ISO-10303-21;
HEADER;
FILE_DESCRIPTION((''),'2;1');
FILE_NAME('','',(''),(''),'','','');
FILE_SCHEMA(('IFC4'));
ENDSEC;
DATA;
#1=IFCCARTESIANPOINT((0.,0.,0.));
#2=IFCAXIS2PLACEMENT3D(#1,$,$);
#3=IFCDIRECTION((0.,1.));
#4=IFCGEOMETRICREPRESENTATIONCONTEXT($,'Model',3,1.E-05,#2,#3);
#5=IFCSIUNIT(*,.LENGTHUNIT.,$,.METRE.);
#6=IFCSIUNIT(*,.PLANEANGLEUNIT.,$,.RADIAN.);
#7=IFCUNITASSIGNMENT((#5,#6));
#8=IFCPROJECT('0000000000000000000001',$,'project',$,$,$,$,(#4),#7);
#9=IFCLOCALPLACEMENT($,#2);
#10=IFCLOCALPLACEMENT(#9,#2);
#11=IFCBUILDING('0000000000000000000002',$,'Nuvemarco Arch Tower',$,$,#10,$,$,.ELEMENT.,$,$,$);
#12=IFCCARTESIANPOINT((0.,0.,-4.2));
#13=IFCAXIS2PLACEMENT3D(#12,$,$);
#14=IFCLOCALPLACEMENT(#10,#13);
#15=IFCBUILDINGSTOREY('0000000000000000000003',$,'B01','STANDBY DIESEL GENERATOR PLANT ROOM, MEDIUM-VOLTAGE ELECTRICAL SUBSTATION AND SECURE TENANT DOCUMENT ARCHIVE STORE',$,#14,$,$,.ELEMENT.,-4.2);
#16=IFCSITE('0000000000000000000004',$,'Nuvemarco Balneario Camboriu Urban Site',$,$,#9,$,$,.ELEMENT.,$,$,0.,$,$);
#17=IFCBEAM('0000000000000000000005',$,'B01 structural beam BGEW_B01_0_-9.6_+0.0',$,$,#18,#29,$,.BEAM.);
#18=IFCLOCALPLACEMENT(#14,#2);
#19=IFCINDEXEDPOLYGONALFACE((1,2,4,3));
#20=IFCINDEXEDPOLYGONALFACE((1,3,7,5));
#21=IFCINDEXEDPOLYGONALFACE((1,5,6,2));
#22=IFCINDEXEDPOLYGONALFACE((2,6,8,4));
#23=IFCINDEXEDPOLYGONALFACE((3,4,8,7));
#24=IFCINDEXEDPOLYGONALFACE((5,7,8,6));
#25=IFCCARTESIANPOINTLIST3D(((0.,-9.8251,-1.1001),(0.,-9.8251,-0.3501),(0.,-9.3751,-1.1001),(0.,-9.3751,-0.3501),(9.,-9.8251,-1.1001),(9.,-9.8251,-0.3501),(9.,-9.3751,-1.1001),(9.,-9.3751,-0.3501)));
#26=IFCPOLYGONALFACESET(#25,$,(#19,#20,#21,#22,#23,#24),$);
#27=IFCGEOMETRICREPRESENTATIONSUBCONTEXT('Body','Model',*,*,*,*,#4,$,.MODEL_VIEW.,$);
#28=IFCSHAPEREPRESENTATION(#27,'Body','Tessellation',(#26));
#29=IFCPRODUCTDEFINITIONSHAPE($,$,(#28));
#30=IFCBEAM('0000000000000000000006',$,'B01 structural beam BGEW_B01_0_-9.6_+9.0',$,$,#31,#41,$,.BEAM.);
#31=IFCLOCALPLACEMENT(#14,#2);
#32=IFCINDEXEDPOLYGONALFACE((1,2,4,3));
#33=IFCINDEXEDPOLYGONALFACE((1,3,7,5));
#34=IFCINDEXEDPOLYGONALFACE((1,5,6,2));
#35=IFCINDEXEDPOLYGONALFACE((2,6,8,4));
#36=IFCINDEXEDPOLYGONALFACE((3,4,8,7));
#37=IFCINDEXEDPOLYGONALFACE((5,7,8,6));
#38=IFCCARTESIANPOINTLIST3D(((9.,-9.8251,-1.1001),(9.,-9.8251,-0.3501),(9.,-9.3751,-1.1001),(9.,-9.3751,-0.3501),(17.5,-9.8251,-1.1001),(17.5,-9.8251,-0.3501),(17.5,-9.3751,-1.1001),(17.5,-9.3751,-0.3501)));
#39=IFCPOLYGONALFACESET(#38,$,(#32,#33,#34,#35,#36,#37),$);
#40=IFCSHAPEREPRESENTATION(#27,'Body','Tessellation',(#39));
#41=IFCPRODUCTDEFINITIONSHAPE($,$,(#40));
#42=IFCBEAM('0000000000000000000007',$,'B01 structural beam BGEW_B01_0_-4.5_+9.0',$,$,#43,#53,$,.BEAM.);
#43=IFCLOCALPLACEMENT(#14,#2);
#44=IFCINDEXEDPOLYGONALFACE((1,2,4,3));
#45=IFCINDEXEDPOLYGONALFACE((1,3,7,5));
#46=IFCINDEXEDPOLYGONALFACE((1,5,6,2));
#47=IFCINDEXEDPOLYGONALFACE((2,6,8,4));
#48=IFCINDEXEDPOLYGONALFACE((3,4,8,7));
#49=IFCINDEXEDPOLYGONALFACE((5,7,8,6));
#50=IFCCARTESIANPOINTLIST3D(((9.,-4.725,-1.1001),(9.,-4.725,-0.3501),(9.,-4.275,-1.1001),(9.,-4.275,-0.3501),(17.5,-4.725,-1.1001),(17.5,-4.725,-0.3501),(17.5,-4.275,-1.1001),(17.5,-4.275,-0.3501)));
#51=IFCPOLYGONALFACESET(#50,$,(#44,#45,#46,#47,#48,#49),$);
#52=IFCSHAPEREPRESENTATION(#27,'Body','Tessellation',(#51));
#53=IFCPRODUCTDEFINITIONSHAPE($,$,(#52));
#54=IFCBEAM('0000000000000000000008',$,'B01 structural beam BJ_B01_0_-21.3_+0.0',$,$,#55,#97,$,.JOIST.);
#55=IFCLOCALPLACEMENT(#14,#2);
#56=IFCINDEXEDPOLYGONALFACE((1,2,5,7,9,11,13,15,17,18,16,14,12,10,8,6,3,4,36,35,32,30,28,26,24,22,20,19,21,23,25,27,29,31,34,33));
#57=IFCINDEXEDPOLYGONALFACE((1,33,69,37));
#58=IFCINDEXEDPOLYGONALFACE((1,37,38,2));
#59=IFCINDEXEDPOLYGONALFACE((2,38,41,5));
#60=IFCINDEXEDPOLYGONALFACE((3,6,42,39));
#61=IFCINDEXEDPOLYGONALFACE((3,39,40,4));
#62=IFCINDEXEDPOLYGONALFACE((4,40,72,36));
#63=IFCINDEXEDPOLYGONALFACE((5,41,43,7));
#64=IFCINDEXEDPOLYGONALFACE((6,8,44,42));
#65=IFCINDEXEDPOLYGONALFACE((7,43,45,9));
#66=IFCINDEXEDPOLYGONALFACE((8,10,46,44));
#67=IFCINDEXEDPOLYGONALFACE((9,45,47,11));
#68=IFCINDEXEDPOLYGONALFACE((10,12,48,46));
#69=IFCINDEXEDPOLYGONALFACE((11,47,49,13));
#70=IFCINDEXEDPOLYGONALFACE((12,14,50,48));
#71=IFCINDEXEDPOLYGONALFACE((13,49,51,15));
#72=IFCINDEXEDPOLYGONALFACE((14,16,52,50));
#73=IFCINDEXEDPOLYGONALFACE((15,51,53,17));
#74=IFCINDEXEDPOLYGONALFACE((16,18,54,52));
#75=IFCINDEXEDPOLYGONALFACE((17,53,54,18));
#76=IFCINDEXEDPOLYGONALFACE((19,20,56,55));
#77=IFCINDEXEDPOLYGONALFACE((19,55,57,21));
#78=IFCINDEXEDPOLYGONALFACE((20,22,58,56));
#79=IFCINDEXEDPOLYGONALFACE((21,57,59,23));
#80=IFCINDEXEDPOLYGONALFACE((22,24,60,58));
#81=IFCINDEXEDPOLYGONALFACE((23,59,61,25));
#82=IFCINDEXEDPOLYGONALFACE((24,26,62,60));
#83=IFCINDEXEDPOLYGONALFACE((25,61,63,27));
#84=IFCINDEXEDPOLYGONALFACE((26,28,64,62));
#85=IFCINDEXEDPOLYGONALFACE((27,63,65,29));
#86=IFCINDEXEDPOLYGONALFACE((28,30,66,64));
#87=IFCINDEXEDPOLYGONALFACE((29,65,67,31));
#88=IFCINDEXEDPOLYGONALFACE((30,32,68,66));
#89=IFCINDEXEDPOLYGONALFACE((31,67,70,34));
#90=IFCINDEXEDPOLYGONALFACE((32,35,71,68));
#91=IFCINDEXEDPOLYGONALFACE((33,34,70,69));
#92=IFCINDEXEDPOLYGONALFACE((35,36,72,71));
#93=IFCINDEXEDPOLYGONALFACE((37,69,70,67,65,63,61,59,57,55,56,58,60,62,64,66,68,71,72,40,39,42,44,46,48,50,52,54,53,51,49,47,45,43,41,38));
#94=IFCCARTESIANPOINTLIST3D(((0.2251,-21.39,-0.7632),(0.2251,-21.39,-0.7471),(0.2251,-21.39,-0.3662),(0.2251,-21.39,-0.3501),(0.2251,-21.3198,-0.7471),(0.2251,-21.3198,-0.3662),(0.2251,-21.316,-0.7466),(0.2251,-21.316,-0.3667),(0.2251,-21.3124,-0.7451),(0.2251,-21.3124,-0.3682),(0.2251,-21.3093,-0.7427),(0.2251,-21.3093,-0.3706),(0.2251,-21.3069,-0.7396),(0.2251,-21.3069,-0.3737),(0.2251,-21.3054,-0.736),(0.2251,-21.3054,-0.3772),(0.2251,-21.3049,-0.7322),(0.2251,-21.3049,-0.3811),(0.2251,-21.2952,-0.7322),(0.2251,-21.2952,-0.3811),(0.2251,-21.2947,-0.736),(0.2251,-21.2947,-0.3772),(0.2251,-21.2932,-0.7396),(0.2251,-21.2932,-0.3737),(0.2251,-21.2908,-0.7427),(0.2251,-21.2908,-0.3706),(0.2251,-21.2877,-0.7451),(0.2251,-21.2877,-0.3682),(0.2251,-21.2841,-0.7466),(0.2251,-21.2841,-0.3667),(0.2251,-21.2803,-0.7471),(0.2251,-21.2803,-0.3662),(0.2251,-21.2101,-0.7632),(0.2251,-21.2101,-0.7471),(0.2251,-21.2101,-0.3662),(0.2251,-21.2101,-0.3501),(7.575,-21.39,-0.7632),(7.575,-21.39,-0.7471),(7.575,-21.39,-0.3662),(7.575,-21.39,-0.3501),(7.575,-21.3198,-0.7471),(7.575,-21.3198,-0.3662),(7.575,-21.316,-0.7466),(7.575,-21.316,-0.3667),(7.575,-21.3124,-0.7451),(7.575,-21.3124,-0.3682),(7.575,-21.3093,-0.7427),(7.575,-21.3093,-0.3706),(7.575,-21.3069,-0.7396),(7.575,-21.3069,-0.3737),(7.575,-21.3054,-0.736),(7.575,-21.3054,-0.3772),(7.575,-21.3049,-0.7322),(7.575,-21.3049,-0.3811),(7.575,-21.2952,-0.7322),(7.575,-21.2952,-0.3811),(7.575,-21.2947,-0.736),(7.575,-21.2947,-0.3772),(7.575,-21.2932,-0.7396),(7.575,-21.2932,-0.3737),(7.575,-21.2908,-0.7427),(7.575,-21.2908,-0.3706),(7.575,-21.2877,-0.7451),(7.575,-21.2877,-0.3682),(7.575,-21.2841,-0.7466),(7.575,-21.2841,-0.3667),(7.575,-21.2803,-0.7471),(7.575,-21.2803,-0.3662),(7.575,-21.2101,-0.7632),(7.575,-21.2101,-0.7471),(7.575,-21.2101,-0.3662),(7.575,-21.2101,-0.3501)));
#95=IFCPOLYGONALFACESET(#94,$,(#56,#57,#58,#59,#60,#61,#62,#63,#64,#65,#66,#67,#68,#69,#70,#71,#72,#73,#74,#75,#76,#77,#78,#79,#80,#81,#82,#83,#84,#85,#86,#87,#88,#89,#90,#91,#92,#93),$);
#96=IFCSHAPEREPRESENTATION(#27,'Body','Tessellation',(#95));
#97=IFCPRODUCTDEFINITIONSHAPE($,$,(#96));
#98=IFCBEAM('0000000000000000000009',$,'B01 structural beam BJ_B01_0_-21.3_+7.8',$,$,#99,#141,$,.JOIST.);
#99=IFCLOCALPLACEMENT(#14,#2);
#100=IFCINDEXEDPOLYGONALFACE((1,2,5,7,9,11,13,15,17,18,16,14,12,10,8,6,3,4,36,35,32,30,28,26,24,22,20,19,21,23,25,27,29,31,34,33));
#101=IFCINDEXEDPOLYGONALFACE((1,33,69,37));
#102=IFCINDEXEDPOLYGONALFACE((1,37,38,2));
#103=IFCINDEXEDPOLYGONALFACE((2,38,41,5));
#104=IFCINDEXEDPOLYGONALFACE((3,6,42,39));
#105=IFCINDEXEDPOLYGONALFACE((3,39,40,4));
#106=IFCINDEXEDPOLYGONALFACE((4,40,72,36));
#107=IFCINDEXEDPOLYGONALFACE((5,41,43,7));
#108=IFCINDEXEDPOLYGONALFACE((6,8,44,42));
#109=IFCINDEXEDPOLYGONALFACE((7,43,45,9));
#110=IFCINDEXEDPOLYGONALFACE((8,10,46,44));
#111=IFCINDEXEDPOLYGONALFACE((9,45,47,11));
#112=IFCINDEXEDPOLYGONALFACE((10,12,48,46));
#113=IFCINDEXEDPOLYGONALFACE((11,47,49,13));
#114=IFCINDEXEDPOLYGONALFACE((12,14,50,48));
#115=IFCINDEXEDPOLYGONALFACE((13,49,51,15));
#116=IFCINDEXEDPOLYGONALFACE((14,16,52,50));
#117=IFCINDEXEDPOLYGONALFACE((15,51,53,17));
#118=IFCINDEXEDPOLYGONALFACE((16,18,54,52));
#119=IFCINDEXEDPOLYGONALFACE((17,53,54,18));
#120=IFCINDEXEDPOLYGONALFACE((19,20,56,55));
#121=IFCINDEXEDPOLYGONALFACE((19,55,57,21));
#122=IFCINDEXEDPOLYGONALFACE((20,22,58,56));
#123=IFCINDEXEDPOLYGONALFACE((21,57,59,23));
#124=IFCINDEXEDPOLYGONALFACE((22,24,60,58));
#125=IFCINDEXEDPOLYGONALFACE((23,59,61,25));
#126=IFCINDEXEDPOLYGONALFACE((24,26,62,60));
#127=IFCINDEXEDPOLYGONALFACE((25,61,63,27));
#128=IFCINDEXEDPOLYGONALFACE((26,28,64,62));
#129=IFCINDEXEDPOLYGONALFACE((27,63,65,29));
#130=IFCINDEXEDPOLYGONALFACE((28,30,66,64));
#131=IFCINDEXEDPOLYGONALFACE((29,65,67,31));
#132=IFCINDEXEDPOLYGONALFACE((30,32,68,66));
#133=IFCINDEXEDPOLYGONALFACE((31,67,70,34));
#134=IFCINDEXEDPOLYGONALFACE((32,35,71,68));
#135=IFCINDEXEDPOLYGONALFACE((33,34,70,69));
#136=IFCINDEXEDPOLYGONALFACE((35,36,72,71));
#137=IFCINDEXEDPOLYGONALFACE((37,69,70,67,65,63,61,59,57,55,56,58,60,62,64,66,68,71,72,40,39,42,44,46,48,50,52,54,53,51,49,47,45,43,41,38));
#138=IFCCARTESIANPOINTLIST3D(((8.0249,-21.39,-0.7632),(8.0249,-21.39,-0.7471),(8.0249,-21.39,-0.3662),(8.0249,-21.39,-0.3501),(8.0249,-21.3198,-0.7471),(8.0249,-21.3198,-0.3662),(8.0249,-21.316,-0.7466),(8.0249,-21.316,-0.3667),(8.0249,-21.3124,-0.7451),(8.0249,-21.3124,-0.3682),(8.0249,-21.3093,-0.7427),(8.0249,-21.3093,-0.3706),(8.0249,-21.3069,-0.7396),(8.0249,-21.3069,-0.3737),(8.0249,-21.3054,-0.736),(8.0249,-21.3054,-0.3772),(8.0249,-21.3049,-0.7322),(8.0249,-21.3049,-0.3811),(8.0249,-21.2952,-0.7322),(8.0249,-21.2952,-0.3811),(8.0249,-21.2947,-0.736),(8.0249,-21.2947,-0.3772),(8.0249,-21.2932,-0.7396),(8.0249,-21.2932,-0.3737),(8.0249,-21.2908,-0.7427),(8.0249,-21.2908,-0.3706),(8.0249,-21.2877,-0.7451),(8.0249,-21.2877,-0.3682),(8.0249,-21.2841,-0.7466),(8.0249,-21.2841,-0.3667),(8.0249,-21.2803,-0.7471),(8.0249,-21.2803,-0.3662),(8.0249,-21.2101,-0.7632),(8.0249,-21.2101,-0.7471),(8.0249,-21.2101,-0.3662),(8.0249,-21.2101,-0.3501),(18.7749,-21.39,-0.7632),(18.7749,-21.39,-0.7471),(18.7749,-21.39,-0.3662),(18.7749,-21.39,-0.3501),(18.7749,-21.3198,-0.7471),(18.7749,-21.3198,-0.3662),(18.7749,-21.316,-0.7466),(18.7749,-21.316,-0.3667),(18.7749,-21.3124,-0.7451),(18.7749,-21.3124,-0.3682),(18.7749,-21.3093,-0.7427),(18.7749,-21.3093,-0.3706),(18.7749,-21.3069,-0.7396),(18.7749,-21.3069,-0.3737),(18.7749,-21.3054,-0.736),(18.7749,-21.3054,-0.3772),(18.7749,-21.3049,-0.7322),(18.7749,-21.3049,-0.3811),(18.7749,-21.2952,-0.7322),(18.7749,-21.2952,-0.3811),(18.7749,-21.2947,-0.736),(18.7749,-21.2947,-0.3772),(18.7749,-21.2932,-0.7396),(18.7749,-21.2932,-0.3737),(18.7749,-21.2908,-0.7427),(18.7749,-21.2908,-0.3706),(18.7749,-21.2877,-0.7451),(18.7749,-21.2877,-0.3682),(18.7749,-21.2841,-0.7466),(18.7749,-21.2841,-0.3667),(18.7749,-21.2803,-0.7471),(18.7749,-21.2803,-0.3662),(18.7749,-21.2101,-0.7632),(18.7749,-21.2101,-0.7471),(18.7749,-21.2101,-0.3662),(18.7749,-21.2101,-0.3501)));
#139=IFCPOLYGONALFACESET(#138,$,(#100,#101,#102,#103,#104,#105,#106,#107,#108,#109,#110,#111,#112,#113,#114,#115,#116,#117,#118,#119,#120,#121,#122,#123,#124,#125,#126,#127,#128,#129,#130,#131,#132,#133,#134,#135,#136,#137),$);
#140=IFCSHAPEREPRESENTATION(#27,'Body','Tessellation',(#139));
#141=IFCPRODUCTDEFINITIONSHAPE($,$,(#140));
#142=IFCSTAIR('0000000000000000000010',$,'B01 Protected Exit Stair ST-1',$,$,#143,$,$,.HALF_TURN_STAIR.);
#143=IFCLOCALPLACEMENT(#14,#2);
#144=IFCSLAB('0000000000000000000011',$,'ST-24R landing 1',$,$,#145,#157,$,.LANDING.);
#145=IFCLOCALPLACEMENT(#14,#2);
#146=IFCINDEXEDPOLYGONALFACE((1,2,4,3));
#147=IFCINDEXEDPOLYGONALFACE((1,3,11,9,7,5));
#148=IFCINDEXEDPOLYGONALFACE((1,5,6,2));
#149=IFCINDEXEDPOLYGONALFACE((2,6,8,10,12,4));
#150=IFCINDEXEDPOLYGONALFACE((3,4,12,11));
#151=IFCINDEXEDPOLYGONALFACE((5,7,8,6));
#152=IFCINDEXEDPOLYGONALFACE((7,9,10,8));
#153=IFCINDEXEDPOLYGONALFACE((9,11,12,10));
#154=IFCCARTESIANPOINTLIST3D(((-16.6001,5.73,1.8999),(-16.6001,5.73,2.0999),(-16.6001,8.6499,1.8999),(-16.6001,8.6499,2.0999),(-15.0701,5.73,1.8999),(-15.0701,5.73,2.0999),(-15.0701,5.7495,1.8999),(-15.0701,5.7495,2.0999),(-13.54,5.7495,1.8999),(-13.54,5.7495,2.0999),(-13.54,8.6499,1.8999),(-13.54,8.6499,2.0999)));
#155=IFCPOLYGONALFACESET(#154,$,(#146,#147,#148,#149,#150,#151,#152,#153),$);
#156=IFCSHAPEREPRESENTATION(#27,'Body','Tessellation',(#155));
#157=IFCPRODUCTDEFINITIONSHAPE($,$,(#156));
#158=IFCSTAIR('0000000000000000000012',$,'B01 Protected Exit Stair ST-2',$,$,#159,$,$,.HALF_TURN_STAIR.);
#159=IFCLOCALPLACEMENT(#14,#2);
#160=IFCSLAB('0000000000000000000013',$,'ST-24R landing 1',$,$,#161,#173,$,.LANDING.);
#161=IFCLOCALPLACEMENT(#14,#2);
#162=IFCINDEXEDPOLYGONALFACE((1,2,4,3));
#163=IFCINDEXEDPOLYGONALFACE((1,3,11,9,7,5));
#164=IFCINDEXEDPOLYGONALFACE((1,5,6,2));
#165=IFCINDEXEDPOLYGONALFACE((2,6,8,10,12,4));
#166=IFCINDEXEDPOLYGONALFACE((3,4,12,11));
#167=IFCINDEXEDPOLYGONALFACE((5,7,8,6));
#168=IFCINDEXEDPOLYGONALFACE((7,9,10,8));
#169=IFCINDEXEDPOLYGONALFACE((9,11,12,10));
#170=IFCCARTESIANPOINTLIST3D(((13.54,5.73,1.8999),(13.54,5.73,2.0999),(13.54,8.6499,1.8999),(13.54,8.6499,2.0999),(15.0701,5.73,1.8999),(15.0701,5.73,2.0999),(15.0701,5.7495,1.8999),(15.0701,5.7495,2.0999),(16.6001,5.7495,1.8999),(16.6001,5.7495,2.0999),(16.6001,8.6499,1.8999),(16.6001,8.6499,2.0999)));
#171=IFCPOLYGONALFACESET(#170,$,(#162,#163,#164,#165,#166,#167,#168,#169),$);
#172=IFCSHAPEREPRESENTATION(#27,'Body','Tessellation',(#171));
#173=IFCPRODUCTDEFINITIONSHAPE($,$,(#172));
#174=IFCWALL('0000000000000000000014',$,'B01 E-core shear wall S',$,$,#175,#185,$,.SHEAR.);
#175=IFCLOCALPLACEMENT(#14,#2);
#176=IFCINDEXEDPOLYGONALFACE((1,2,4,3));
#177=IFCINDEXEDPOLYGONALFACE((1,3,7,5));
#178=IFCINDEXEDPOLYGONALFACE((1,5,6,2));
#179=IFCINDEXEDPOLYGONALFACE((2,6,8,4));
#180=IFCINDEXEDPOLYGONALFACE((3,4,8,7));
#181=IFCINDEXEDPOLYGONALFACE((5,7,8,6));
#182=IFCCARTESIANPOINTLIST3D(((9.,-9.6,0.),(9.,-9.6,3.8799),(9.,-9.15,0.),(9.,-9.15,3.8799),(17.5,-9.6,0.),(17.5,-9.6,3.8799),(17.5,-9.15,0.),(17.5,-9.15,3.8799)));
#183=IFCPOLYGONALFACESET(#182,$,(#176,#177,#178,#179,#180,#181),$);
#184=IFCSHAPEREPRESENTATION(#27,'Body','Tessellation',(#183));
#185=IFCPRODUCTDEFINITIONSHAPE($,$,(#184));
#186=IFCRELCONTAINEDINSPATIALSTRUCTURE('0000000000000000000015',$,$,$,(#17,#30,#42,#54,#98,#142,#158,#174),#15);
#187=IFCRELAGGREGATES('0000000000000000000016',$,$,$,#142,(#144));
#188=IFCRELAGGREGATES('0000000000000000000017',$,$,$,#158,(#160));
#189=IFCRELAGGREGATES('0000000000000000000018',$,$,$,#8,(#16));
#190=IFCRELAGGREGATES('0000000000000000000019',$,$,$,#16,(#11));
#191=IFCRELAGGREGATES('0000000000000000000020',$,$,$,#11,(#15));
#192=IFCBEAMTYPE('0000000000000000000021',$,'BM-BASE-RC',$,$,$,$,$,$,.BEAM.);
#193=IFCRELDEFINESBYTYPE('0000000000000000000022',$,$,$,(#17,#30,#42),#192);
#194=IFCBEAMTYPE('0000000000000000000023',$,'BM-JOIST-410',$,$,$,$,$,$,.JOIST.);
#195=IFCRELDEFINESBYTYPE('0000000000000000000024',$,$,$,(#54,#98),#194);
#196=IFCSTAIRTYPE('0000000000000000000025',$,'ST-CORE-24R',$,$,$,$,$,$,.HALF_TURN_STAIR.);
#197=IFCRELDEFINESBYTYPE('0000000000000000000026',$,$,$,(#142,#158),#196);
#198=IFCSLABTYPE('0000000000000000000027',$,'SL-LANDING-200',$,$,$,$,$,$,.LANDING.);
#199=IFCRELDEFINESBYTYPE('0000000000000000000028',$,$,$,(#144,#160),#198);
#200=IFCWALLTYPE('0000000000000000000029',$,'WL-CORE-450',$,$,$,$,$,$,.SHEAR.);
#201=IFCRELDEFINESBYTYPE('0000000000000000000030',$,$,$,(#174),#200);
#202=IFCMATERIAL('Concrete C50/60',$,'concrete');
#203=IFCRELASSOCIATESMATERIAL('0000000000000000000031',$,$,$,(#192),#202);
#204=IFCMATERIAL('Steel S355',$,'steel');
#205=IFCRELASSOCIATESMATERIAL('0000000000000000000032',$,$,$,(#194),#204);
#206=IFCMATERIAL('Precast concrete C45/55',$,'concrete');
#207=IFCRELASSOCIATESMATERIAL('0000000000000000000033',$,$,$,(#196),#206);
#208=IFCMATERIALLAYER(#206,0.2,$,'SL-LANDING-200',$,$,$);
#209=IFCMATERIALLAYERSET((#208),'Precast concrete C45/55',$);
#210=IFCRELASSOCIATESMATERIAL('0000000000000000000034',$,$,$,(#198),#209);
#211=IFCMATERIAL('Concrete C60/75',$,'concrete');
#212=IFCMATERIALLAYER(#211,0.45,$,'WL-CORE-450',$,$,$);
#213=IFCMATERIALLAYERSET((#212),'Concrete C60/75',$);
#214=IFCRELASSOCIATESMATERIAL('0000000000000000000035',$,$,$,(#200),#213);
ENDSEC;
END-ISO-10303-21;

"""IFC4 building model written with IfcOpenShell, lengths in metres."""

from ifc_helpers import new_model, si_unit, direction, frame, frame_2d, origin, origin_2d, place, context, subcontext, project, spatial, polyline, rectangle, i_section, outline, extrude, material, layer, layer_set, material_profile, profile_set, type_object, element, aggregate, save


model = new_model("IFC4")

# Units and contexts
model_context = context("Model", 3, precision=1e-05, world=origin(), true_north=direction((0.0, 1.0)))
body_context = subcontext(model_context, "Body", "Model", "MODEL_VIEW")
ifc_project = project(units=[si_unit("LENGTHUNIT", "METRE"), si_unit("PLANEANGLEUNIT", "RADIAN")], contexts=[model_context])

# Site, building, storey
site_placement = place(None, origin())
site = spatial("IfcSite", under=ifc_project, at=site_placement, Name="Nuvemarco Balneario Camboriu Urban Site", CompositionType="ELEMENT", RefElevation=0.0)
building_placement = place(site_placement, origin())
building = spatial("IfcBuilding", under=site, at=building_placement, Name="Nuvemarco Arch Tower", CompositionType="ELEMENT")
storey_placement = place(building_placement, frame((0.0, 0.0, -4.2)))
storey = spatial("IfcBuildingStorey", under=building, at=storey_placement, Name="B01", Description="STANDBY DIESEL GENERATOR PLANT ROOM, MEDIUM-VOLTAGE ELECTRICAL SUBSTATION AND SECURE TENANT DOCUMENT ARCHIVE STORE", CompositionType="ELEMENT", Elevation=-4.2)

# Shared definitions
ifc_material_1 = material(Name="Concrete C60/75", Category="concrete")

# Beams
ifc_material_2 = material(Name="Concrete C50/60", Category="concrete")
ifc_material_profile_1 = material_profile(ifc_material_2, rectangle(XDim=0.45, YDim=0.75, at=origin_2d()), Name="RC-BM-450x750")
ifc_profile_set_1 = profile_set([ifc_material_profile_1], Name="Concrete C50/60")
beam_type_1 = type_object("IfcBeamType", Name="BM-BASE-RC", PredefinedType="BEAM", material=ifc_profile_set_1)
beam_1_placement = place(storey_placement, frame((0.0, -9.6001, -0.7251), z_axis=(1.0, 0.0, 0.0), x_axis=(0.0, 1.0, 0.0)))
element("IfcBeam", 1, at=beam_1_placement, inside=storey, type_object=beam_type_1, Name="B01 structural beam BGEW_B01_0_-9.6_+0.0", PredefinedType="BEAM", context=body_context, shape_type="SweptSolid", body=[
    extrude(rectangle(XDim=0.45, YDim=0.75, at=origin_2d()), origin(), (0.0, 0.0, 1.0), 9.0),
])
for number, where, z_axis, x_axis, name in (
    (2, (9.0, -9.6001, -0.7251), (1.0, 0.0, 0.0), (0.0, 1.0, 0.0), "B01 structural beam BGEW_B01_0_-9.6_+9.0"),
    (3, (9.0, -4.5, -0.7251), (1.0, 0.0, 0.0), (0.0, 1.0, 0.0), "B01 structural beam BGEW_B01_0_-4.5_+9.0"),
):
    element("IfcBeam", number, at=place(storey_placement, frame(where, z_axis=z_axis, x_axis=x_axis)), inside=storey, type_object=beam_type_1, Name=name, PredefinedType="BEAM", context=body_context, shape_type="SweptSolid", body=[
        extrude(rectangle(XDim=0.45, YDim=0.75, at=origin_2d()), origin(), (0.0, 0.0, 1.0), 8.5),
    ])
ifc_material_3 = material(Name="Steel S355", Category="steel")
ifc_material_profile_2 = material_profile(ifc_material_3, i_section(OverallWidth=0.1799, OverallDepth=0.4131, WebThickness=0.0098, FlangeThickness=0.0161, FilletRadius=0.0149, at=origin_2d()), Name="W410x75")
ifc_profile_set_2 = profile_set([ifc_material_profile_2], Name="Steel S355")
beam_type_2 = type_object("IfcBeamType", Name="BM-JOIST-410", PredefinedType="JOIST", material=ifc_profile_set_2)
beam_2_placement = place(storey_placement, frame((0.2251, -21.3, -0.5566), z_axis=(1.0, 0.0, 0.0), x_axis=(0.0, 1.0, 0.0)))
element("IfcBeam", 4, at=beam_2_placement, inside=storey, type_object=beam_type_2, Name="B01 structural beam BJ_B01_0_-21.3_+0.0", PredefinedType="JOIST", context=body_context, shape_type="SweptSolid", body=[
    extrude(i_section(OverallWidth=0.1799, OverallDepth=0.4131, WebThickness=0.0098, FlangeThickness=0.0161, FilletRadius=0.0149, at=origin_2d()), origin(), (0.0, 0.0, 1.0), 7.3499),
])
beam_3_placement = place(storey_placement, frame((8.0249, -21.3, -0.5566), z_axis=(1.0, 0.0, 0.0), x_axis=(0.0, 1.0, 0.0)))
element("IfcBeam", 5, at=beam_3_placement, inside=storey, type_object=beam_type_2, Name="B01 structural beam BJ_B01_0_-21.3_+7.8", PredefinedType="JOIST", context=body_context, shape_type="SweptSolid", body=[
    extrude(i_section(OverallWidth=0.1799, OverallDepth=0.4131, WebThickness=0.0098, FlangeThickness=0.0161, FilletRadius=0.0149, at=origin_2d()), origin(), (0.0, 0.0, 1.0), 10.75),
])

# Stairs, slabs
ifc_material_4 = material(Name="Precast concrete C45/55", Category="concrete")
stair_type = type_object("IfcStairType", Name="ST-CORE-24R", PredefinedType="HALF_TURN_STAIR", material=ifc_material_4)
stair_1_placement = place(storey_placement, origin())
stair_1 = element("IfcStair", 6, at=stair_1_placement, inside=storey, type_object=stair_type, Name="B01 Protected Exit Stair ST-1", PredefinedType="HALF_TURN_STAIR")
ifc_layer_1 = layer(ifc_material_4, 0.2, Name="SL-LANDING-200")
ifc_layer_set_1 = layer_set([ifc_layer_1], Name="Precast concrete C45/55")
slab_type = type_object("IfcSlabType", Name="SL-LANDING-200", PredefinedType="LANDING", material=ifc_layer_set_1)
slab_1_placement = place(storey_placement, frame((0.0, 0.0, 1.8999)))
slab_1 = element("IfcSlab", 7, at=slab_1_placement, type_object=slab_type, Name="ST-24R landing 1", PredefinedType="LANDING", context=body_context, shape_type="SweptSolid", body=[
    extrude(outline(polyline([(-13.54, 5.7495), (-13.54, 8.6499), (-16.6001, 8.6499), (-16.6001, 5.73), (-15.0701, 5.73), (-15.0701, 5.7495), (-13.54, 5.7495)])), origin(), (0.0, 0.0, 1.0), 0.2),
])
aggregate(stair_1, [slab_1])
stair_2_placement = place(storey_placement, origin())
stair_2 = element("IfcStair", 8, at=stair_2_placement, inside=storey, type_object=stair_type, Name="B01 Protected Exit Stair ST-2", PredefinedType="HALF_TURN_STAIR")
slab_2_placement = place(storey_placement, frame((0.0, 0.0, 1.8999)))
slab_2 = element("IfcSlab", 9, at=slab_2_placement, type_object=slab_type, Name="ST-24R landing 1", PredefinedType="LANDING", context=body_context, shape_type="SweptSolid", body=[
    extrude(outline(polyline([(16.6001, 5.7495), (16.6001, 8.6499), (13.54, 8.6499), (13.54, 5.73), (15.0701, 5.73), (15.0701, 5.7495), (16.6001, 5.7495)])), origin(), (0.0, 0.0, 1.0), 0.2),
])
aggregate(stair_2, [slab_2])

# Wall
ifc_layer_2 = layer(ifc_material_1, 0.45, Name="WL-CORE-450")
ifc_layer_set_2 = layer_set([ifc_layer_2], Name="Concrete C60/75")
wall_type_1 = type_object("IfcWallType", Name="WL-CORE-450", PredefinedType="SHEAR", material=ifc_layer_set_2)
wall_1_placement = place(storey_placement, frame((9.0, -9.375, 0.0), z_axis=(0.0, 0.0, 1.0), x_axis=(1.0, 0.0, 0.0)))
element("IfcWall", 10, at=wall_1_placement, inside=storey, type_object=wall_type_1, Name="B01 E-core shear wall S", PredefinedType="SHEAR", context=body_context, shape_type="SweptSolid", body=[
    extrude(rectangle(XDim=8.5, YDim=0.45, at=frame_2d((4.25, 0.0))), origin(), (0.0, 0.0, 1.0), 3.8799),
])

save(model, "model.ifc")
